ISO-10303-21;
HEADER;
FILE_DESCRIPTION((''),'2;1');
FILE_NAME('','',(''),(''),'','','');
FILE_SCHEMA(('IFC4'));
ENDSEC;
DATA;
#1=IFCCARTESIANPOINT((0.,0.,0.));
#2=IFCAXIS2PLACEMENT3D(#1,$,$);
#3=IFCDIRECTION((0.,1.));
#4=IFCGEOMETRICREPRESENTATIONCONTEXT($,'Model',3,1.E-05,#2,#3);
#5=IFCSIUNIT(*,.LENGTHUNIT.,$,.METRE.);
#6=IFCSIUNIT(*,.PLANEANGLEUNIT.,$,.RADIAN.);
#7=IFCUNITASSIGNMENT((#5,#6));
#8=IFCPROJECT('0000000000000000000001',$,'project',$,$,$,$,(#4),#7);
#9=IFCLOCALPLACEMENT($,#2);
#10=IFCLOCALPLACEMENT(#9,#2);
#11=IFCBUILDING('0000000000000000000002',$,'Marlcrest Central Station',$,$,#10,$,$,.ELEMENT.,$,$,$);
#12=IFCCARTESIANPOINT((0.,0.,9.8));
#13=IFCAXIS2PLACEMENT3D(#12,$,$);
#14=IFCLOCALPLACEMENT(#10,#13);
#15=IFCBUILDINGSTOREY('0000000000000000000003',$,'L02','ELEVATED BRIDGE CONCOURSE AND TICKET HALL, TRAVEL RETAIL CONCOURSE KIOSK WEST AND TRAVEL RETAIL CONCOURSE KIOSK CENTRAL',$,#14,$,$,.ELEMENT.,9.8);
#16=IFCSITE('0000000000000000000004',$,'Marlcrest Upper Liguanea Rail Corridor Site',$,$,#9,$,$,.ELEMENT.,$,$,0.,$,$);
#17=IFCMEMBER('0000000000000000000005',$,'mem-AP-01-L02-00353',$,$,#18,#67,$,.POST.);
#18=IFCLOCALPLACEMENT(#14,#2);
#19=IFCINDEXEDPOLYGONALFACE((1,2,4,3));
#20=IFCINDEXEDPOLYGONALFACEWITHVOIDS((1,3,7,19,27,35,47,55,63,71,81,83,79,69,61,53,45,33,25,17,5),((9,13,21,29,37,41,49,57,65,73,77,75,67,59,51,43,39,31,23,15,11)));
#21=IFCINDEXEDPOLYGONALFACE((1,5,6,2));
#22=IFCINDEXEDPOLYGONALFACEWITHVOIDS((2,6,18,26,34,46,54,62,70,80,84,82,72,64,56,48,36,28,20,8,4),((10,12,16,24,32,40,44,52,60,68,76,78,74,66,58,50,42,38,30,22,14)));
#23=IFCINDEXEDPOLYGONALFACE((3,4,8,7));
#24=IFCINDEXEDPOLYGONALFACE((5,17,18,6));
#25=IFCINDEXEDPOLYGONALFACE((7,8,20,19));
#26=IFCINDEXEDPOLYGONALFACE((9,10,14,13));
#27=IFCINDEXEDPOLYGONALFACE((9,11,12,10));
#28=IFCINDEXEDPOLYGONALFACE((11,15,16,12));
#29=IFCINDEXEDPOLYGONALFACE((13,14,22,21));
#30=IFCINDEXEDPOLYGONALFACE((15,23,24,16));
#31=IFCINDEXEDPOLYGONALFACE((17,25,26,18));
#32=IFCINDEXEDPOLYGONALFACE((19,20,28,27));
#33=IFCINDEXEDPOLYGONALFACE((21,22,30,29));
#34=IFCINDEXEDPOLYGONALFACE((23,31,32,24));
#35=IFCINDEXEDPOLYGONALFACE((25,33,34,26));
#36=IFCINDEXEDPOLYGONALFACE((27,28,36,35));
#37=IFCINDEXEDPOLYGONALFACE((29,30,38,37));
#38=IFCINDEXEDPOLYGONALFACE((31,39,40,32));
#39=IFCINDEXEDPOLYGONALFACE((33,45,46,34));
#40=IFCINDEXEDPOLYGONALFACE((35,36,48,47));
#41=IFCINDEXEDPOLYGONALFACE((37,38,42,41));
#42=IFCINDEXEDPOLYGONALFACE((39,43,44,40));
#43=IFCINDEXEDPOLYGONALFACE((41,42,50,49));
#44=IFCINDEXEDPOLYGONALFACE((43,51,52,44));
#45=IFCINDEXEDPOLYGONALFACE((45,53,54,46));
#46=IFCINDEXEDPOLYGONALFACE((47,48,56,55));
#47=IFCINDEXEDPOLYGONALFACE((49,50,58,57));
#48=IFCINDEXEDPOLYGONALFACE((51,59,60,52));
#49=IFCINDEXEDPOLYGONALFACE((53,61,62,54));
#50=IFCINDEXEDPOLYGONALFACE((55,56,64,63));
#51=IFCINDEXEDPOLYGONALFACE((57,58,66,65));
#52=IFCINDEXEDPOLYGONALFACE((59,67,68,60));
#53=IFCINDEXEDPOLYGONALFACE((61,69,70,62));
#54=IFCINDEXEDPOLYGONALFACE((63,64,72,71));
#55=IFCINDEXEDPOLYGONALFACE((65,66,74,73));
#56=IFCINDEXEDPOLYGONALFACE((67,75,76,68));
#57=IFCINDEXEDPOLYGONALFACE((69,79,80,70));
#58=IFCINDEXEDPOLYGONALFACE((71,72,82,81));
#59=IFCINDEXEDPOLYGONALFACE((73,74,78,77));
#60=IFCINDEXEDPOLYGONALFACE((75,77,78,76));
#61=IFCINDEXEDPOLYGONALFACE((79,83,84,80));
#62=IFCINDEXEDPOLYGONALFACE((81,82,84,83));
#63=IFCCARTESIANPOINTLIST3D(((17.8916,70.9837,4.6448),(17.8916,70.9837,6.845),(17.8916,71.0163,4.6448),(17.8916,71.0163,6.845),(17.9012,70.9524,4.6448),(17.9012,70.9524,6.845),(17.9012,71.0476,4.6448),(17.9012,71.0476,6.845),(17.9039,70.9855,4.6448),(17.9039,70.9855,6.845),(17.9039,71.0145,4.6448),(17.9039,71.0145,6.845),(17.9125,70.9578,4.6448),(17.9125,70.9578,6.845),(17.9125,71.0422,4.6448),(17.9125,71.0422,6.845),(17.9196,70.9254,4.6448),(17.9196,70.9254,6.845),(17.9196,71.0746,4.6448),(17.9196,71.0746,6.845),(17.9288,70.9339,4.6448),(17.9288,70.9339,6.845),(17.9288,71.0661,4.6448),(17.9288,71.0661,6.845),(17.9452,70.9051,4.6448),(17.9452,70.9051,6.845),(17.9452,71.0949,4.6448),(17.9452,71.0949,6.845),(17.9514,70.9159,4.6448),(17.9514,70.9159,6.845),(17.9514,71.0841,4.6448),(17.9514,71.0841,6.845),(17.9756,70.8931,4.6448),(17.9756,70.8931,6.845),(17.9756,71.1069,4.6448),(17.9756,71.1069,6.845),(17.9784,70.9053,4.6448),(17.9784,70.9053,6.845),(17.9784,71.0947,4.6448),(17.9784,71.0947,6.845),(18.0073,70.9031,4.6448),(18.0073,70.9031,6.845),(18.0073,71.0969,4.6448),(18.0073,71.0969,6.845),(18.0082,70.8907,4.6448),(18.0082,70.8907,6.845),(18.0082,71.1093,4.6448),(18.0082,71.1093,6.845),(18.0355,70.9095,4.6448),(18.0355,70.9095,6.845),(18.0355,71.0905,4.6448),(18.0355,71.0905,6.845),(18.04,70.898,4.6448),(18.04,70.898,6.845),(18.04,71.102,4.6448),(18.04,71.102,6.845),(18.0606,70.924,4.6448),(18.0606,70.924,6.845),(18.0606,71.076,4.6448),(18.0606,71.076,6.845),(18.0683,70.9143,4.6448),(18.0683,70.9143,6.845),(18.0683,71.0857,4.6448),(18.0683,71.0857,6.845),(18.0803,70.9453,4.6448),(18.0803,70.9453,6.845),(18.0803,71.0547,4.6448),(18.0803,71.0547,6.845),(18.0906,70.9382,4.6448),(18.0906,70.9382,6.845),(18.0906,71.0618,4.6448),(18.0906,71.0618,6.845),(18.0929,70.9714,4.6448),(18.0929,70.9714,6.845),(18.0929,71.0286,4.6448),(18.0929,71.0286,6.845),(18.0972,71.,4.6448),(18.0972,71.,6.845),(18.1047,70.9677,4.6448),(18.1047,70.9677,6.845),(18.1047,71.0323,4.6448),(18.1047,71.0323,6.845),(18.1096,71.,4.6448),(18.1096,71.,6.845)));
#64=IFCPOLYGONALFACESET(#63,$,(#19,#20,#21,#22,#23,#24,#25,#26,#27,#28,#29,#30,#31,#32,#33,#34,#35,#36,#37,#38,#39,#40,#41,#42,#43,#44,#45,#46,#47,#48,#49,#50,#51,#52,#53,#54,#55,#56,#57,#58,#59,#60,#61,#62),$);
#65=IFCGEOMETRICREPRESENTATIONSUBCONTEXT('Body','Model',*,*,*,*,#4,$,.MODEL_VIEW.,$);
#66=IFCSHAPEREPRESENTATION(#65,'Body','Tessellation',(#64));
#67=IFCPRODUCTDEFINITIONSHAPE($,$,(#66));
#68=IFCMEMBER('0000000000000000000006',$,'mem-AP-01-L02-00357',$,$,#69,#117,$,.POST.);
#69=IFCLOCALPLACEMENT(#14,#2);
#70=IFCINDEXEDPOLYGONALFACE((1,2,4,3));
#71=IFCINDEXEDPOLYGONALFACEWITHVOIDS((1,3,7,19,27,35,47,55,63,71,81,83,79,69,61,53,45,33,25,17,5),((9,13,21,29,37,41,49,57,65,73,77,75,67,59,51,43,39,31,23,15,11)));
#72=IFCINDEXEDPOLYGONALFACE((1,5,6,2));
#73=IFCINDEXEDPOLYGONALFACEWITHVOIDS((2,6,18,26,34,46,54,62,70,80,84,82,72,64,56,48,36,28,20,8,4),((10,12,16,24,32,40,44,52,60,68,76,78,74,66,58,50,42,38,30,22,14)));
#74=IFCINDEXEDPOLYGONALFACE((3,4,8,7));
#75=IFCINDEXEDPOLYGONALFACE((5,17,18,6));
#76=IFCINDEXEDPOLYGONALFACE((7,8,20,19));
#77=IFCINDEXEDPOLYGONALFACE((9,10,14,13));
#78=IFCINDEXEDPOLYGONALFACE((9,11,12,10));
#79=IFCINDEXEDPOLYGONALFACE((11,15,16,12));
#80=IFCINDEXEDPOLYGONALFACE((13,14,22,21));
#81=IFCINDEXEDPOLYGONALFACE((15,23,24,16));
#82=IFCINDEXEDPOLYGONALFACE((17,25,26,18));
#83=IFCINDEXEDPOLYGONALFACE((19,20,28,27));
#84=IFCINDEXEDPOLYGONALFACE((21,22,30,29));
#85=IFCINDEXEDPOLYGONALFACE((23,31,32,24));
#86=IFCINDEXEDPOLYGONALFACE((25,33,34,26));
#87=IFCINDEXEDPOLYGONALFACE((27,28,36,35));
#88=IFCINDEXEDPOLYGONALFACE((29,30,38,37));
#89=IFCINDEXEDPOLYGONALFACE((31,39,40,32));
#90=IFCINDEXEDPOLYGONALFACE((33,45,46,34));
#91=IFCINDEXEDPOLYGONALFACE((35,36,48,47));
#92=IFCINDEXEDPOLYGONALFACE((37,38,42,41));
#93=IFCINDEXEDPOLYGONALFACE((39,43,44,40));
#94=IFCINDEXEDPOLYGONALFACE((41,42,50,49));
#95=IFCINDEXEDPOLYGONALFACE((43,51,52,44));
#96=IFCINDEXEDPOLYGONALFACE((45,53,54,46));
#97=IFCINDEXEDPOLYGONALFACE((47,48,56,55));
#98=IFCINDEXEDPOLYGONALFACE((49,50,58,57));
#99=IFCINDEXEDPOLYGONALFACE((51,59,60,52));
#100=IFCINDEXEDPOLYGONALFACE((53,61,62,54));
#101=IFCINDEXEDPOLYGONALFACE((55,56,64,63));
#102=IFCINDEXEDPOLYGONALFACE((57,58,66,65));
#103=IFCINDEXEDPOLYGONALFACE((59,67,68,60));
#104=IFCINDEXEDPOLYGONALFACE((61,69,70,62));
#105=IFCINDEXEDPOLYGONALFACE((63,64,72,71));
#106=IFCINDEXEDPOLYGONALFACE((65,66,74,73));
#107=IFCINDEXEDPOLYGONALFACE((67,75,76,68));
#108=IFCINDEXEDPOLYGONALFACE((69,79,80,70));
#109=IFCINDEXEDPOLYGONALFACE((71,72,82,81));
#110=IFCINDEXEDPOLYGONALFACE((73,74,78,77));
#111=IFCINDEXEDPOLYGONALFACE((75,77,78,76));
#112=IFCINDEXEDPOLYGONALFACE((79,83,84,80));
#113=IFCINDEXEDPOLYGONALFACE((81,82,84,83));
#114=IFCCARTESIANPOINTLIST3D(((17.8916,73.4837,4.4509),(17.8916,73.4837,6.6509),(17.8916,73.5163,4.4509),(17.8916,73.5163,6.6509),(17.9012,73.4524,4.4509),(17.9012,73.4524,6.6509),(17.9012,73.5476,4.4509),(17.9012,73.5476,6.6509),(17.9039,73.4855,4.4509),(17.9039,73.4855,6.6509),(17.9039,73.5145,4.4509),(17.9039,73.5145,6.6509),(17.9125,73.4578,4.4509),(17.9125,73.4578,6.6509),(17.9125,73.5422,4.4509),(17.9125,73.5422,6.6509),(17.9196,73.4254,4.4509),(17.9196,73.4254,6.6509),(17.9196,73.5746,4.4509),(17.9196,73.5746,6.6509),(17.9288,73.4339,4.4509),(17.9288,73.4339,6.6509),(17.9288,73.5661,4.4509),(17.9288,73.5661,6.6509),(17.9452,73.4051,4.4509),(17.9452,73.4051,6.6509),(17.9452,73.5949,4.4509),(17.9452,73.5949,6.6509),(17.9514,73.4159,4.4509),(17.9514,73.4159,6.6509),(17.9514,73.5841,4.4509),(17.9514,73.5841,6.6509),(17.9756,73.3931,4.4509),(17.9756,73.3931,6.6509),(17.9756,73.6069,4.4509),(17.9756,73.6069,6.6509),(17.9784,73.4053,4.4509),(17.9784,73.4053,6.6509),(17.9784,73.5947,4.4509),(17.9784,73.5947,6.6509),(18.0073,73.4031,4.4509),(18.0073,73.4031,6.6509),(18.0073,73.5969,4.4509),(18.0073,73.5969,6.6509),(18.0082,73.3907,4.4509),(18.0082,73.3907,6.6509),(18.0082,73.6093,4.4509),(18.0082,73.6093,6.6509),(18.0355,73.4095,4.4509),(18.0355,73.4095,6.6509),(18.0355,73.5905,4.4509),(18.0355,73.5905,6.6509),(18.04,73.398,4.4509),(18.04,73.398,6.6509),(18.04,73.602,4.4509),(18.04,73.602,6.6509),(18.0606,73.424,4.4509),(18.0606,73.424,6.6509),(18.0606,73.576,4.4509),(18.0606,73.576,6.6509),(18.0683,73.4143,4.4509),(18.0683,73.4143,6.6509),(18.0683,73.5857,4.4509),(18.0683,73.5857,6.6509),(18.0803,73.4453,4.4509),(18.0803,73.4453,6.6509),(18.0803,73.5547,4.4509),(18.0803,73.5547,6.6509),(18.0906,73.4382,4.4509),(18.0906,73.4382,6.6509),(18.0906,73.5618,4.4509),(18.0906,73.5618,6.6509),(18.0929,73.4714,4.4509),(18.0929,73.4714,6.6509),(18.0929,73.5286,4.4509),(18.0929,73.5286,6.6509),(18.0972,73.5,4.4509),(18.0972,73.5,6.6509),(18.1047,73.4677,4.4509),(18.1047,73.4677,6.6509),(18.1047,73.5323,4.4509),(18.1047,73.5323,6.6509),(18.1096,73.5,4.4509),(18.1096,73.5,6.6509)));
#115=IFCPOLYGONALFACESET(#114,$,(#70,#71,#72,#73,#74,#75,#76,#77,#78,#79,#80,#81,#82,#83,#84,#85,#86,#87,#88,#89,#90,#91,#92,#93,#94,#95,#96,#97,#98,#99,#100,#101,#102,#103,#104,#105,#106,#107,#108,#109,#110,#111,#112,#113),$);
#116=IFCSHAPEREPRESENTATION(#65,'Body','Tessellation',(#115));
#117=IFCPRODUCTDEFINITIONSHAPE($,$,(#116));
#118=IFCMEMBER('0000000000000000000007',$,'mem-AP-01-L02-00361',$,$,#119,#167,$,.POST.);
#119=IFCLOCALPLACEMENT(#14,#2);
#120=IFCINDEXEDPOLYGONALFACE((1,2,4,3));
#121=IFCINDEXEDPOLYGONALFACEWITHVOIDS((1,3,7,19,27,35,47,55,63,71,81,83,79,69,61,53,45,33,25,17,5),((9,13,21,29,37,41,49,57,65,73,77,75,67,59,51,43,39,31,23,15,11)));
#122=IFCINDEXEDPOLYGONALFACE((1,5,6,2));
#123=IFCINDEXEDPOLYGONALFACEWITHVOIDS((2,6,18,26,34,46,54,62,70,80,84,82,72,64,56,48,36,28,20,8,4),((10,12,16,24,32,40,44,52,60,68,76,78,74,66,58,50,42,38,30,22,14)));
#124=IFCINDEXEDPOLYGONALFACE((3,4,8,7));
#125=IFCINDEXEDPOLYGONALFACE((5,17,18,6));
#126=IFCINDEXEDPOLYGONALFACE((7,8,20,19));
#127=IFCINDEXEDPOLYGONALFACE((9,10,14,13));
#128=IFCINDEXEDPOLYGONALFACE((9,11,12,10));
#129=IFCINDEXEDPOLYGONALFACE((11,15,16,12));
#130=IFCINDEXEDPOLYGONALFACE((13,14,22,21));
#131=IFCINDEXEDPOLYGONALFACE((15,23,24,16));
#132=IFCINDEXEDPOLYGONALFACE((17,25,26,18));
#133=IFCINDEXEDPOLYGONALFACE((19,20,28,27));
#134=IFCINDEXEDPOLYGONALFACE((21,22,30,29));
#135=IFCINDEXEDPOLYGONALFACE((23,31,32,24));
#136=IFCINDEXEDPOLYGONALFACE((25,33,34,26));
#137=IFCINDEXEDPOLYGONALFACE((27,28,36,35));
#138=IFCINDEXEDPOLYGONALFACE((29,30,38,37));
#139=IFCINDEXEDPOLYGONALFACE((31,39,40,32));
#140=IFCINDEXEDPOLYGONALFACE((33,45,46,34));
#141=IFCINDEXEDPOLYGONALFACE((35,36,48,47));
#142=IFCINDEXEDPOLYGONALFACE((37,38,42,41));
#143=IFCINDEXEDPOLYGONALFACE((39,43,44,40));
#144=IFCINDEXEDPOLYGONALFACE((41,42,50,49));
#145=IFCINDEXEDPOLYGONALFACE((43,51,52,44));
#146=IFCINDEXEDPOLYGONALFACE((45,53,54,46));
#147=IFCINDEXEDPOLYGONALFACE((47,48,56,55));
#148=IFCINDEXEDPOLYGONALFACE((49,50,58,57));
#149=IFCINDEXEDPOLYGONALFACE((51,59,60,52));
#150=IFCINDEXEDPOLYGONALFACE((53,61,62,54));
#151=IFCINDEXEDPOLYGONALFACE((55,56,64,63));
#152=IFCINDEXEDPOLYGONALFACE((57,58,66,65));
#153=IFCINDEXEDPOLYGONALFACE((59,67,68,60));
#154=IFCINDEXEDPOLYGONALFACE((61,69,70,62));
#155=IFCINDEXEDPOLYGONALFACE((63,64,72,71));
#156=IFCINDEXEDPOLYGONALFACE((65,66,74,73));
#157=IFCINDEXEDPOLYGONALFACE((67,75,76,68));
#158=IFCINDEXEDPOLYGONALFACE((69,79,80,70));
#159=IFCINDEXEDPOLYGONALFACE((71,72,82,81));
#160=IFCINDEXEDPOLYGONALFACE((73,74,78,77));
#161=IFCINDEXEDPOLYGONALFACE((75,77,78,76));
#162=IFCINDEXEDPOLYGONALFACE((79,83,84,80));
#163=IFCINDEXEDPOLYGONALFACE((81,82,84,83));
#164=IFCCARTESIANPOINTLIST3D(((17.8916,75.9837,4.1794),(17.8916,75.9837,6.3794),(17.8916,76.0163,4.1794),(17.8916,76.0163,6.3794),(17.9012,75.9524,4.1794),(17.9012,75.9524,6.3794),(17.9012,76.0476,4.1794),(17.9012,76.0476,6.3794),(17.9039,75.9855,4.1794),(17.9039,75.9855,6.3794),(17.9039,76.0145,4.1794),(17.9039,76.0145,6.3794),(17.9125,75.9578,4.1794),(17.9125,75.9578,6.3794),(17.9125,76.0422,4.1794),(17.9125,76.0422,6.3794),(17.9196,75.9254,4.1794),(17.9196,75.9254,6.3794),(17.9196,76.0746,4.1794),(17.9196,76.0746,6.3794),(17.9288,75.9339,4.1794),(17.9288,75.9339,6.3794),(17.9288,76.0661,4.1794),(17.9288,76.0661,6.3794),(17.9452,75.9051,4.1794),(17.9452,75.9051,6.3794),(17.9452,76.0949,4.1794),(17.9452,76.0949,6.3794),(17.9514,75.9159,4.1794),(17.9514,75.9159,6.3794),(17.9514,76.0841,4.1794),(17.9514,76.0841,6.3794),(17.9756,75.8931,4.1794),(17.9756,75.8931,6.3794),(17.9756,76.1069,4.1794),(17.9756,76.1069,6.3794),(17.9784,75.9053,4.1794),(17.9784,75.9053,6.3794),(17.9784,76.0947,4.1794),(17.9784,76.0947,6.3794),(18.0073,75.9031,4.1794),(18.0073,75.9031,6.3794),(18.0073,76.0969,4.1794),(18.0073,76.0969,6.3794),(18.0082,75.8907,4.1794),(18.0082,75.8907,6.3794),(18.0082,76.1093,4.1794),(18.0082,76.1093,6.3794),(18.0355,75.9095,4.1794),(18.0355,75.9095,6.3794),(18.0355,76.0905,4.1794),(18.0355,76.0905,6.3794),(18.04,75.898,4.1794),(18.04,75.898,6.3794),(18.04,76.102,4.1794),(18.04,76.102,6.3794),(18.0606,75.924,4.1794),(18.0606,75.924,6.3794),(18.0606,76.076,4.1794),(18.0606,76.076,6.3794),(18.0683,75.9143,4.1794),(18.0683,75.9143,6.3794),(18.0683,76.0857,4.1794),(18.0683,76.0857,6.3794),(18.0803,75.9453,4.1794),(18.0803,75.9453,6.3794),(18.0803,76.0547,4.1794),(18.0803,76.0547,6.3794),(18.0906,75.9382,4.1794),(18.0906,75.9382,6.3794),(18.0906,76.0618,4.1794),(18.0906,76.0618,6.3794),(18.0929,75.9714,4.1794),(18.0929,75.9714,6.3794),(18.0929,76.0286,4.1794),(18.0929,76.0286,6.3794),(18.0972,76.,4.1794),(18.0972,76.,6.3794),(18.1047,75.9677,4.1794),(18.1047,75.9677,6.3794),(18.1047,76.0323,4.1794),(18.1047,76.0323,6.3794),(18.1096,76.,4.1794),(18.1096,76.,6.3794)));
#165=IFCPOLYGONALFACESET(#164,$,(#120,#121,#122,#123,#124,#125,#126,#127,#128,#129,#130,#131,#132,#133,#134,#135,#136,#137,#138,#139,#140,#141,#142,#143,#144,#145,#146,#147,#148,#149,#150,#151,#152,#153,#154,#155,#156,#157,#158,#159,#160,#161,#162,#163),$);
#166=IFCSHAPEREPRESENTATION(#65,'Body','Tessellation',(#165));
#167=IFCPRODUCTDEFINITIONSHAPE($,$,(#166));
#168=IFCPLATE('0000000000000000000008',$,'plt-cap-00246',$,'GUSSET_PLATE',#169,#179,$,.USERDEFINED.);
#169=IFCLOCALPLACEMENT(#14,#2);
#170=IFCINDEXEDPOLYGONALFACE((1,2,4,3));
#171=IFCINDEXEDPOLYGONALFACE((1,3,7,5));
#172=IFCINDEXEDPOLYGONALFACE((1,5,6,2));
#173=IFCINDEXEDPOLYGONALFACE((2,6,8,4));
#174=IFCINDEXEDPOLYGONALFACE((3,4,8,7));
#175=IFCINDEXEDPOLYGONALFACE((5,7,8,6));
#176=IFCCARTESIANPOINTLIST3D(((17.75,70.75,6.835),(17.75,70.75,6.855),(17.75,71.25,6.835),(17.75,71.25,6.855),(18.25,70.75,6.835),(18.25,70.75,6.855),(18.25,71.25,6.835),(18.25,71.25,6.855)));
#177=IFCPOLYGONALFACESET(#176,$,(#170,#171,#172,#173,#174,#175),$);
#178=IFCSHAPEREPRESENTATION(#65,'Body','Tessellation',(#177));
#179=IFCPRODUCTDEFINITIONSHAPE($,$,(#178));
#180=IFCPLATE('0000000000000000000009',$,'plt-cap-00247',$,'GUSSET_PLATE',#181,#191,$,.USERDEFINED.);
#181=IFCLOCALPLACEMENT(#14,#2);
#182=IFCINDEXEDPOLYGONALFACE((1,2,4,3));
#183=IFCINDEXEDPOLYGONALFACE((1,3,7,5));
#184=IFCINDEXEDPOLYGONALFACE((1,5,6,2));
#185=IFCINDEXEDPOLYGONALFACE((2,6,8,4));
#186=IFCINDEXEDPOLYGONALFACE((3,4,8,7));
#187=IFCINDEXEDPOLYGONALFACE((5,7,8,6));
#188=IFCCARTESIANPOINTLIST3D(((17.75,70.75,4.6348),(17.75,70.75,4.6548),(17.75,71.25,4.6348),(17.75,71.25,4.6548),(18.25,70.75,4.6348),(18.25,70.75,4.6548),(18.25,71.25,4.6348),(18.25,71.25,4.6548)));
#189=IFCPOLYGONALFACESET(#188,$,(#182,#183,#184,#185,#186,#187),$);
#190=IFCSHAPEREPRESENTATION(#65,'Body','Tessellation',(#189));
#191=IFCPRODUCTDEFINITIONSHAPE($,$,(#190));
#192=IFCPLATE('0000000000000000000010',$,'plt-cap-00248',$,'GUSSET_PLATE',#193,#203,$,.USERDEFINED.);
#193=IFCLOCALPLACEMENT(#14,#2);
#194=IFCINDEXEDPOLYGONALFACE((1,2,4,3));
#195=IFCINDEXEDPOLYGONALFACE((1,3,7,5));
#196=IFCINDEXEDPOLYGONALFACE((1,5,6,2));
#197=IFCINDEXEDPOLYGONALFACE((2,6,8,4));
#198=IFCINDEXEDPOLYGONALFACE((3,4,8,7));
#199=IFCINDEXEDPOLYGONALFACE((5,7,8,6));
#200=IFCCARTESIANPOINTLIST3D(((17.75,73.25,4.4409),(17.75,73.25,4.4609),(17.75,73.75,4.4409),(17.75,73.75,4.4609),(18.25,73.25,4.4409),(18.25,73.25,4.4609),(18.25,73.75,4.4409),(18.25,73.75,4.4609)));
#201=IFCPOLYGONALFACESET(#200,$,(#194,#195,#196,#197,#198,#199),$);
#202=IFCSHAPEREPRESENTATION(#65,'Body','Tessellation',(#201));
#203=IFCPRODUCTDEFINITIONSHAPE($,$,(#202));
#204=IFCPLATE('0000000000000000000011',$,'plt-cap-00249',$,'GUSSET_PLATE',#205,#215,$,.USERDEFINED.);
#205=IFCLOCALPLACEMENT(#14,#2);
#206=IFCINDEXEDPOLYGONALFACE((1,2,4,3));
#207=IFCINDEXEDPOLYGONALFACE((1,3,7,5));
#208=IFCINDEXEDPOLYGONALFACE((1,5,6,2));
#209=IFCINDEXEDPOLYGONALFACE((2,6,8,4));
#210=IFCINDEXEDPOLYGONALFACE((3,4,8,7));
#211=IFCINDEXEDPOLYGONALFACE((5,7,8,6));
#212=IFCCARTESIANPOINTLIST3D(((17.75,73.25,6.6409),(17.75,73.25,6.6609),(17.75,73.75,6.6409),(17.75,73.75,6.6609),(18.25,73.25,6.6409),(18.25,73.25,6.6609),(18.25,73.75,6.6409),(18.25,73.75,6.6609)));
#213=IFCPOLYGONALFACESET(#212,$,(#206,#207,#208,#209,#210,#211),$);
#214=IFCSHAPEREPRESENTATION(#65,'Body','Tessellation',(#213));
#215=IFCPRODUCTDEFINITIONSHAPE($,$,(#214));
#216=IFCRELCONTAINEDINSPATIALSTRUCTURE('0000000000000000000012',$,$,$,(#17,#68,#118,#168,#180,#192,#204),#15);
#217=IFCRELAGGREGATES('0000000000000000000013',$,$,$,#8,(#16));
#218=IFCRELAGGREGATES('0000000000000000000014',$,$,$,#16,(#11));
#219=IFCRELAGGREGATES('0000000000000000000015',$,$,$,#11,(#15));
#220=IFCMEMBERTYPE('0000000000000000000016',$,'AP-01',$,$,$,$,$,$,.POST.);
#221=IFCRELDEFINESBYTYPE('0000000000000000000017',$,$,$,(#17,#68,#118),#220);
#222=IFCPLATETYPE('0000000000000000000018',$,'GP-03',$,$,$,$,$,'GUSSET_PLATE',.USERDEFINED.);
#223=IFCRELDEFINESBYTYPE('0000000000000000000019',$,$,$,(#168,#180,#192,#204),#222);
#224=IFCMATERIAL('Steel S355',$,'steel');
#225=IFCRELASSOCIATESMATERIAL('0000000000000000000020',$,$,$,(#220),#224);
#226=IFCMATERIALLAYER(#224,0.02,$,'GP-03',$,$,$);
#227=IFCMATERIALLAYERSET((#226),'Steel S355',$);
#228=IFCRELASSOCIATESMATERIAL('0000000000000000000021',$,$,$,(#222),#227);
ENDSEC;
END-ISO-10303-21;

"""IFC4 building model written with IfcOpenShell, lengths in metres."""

from ifc_helpers import new_model, si_unit, direction, frame, origin, origin_2d, place, context, subcontext, project, spatial, rectangle, hollow_circle, extrude, material, layer, layer_set, material_profile, profile_set, type_object, element, save


model = new_model("IFC4")

# Units and contexts
model_context = context("Model", 3, precision=1e-05, world=origin(), true_north=direction((0.0, 1.0)))
body_context = subcontext(model_context, "Body", "Model", "MODEL_VIEW")
ifc_project = project(units=[si_unit("LENGTHUNIT", "METRE"), si_unit("PLANEANGLEUNIT", "RADIAN")], contexts=[model_context])

# Site, building, storey
site_placement = place(None, origin())
site = spatial("IfcSite", under=ifc_project, at=site_placement, Name="Marlcrest Upper Liguanea Rail Corridor Site", CompositionType="ELEMENT", RefElevation=0.0)
building_placement = place(site_placement, origin())
building = spatial("IfcBuilding", under=site, at=building_placement, Name="Marlcrest Central Station", CompositionType="ELEMENT")
storey_placement = place(building_placement, frame((0.0, 0.0, 9.8)))
storey = spatial("IfcBuildingStorey", under=building, at=storey_placement, Name="L02", Description="ELEVATED BRIDGE CONCOURSE AND TICKET HALL, TRAVEL RETAIL CONCOURSE KIOSK WEST AND TRAVEL RETAIL CONCOURSE KIOSK CENTRAL", CompositionType="ELEMENT", Elevation=9.8)

# Members
ifc_material = material(Name="Steel S355", Category="steel")
ifc_material_profile_1 = material_profile(ifc_material, hollow_circle(Radius=0.1096, WallThickness=0.0125, at=origin_2d()), Name="CHS 219.1x12.5")
ifc_profile_set_1 = profile_set([ifc_material_profile_1], Name="Steel S355")
member_type_1 = type_object("IfcMemberType", Name="AP-01", PredefinedType="POST", material=ifc_profile_set_1)
member_1_placement = place(storey_placement, frame((18.0, 71.0, 4.6448), z_axis=(0.0, 0.0, 1.0), x_axis=(1.0, 0.0, 0.0)))
element("IfcMember", 1, at=member_1_placement, inside=storey, type_object=member_type_1, Name="mem-AP-01-L02-00353", PredefinedType="POST", context=body_context, shape_type="SweptSolid", body=[
    extrude(hollow_circle(Radius=0.1096, WallThickness=0.0125, at=origin_2d()), origin(), (0.0, 0.0, 1.0), 2.2002),
])
for number, where, z_axis, x_axis, name in (
    (2, (18.0, 73.5, 4.4509), (0.0, 0.0, 1.0), (1.0, 0.0, 0.0), "mem-AP-01-L02-00357"),
    (3, (18.0, 76.0, 4.1794), (0.0, 0.0, 1.0), (1.0, 0.0, 0.0), "mem-AP-01-L02-00361"),
):
    element("IfcMember", number, at=place(storey_placement, frame(where, z_axis=z_axis, x_axis=x_axis)), inside=storey, type_object=member_type_1, Name=name, PredefinedType="POST", context=body_context, shape_type="SweptSolid", body=[
        extrude(hollow_circle(Radius=0.1096, WallThickness=0.0125, at=origin_2d()), origin(), (0.0, 0.0, 1.0), 2.2),
    ])

# Plates
ifc_layer = layer(ifc_material, 0.02, Name="GP-03")
ifc_layer_set = layer_set([ifc_layer], Name="Steel S355")
plate_type = type_object("IfcPlateType", Name="GP-03", ElementType="GUSSET_PLATE", PredefinedType="USERDEFINED", material=ifc_layer_set)
for number, where, z_axis, x_axis, name in (
    (4, (18.0, 71.0, 6.835), (0.0, 0.0, 1.0), (1.0, 0.0, 0.0), "plt-cap-00246"),
    (5, (18.0, 71.0, 4.6348), (0.0, 0.0, 1.0), (1.0, 0.0, 0.0), "plt-cap-00247"),
    (6, (18.0, 73.5, 4.4409), (0.0, 0.0, 1.0), (1.0, 0.0, 0.0), "plt-cap-00248"),
    (7, (18.0, 73.5, 6.6409), (0.0, 0.0, 1.0), (1.0, 0.0, 0.0), "plt-cap-00249"),
):
    element("IfcPlate", number, at=place(storey_placement, frame(where, z_axis=z_axis, x_axis=x_axis)), inside=storey, type_object=plate_type, Name=name, ObjectType="GUSSET_PLATE", PredefinedType="USERDEFINED", context=body_context, shape_type="SweptSolid", body=[
        extrude(rectangle(XDim=0.5, YDim=0.5, at=origin_2d()), origin(), (0.0, 0.0, 1.0), 0.02),
    ])

save(model, "model.ifc")
